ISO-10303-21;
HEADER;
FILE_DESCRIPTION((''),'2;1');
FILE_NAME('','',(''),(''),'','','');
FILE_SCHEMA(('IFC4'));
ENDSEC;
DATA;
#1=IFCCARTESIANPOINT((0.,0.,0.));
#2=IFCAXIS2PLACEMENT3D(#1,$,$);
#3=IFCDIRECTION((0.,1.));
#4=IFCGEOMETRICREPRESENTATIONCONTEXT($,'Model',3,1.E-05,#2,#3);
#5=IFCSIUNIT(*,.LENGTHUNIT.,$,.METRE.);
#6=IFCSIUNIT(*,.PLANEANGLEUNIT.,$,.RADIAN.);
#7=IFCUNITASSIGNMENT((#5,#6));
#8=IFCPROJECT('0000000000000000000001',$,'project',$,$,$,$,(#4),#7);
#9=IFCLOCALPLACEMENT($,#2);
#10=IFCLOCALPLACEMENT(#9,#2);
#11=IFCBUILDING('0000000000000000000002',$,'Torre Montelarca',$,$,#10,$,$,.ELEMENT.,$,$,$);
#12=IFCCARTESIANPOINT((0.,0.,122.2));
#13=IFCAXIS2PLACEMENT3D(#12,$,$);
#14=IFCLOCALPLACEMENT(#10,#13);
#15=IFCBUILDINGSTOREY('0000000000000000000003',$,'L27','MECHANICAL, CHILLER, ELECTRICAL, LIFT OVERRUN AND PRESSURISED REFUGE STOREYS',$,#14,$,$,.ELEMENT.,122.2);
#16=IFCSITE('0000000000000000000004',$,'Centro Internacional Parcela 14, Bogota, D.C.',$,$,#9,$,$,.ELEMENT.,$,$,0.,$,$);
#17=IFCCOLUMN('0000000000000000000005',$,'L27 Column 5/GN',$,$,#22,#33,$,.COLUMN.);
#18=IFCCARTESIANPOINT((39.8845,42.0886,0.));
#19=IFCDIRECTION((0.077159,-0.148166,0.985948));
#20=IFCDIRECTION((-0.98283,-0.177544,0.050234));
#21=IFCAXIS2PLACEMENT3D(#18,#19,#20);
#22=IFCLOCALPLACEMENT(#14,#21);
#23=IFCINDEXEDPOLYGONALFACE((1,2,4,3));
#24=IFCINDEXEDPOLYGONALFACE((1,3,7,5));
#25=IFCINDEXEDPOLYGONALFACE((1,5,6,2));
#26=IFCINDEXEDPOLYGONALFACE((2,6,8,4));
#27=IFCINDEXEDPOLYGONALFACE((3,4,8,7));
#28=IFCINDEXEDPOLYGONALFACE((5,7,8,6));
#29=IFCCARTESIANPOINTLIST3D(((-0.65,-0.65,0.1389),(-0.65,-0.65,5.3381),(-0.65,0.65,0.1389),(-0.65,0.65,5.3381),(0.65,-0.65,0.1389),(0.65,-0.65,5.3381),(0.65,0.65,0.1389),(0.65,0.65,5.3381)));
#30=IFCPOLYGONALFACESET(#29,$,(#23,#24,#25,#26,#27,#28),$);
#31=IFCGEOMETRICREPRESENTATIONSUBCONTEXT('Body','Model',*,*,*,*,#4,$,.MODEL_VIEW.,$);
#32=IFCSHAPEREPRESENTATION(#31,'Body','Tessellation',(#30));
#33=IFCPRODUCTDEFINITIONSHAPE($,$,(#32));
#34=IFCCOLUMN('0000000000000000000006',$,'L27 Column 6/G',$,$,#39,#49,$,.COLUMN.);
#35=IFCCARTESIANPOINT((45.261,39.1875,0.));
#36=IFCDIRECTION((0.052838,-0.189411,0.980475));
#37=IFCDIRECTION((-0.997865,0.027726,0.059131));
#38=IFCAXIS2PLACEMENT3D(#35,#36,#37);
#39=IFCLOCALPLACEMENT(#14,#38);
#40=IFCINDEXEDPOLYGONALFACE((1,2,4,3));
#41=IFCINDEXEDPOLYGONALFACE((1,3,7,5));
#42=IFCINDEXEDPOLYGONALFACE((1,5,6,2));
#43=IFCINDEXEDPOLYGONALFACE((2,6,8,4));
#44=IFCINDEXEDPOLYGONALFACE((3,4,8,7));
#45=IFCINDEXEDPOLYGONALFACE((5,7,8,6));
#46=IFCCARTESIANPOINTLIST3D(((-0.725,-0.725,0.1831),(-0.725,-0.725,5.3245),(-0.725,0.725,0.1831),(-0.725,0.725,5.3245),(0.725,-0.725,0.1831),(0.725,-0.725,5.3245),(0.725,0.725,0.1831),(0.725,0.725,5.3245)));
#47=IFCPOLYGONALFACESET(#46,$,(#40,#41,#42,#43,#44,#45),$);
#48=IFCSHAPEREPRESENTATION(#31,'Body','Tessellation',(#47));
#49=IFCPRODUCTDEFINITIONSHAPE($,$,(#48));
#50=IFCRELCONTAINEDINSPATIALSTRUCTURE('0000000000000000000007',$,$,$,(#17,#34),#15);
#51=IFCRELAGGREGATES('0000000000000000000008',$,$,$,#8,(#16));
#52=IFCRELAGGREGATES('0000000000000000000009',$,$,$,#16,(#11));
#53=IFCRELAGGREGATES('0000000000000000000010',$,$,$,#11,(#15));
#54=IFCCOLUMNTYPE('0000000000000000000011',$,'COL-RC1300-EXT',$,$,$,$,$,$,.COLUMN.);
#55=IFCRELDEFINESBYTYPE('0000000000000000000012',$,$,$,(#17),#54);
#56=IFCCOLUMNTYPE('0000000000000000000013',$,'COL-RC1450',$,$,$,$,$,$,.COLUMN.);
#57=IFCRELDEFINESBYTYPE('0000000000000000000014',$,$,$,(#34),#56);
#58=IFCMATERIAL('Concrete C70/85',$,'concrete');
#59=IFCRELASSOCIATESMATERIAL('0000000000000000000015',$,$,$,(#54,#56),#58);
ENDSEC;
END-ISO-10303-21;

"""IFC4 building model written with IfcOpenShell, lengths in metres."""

from ifc_helpers import new_model, si_unit, direction, frame, origin, origin_2d, place, context, subcontext, project, spatial, rectangle, extrude, clip, halfspace, material, material_profile, profile_set, type_object, element, save


model = new_model("IFC4")

# Units and contexts
model_context = context("Model", 3, precision=1e-05, world=origin(), true_north=direction((0.0, 1.0)))
body_context = subcontext(model_context, "Body", "Model", "MODEL_VIEW")
ifc_project = project(units=[si_unit("LENGTHUNIT", "METRE"), si_unit("PLANEANGLEUNIT", "RADIAN")], contexts=[model_context])

# Site, building, storey
site_placement = place(None, origin())
site = spatial("IfcSite", under=ifc_project, at=site_placement, Name="Centro Internacional Parcela 14, Bogota, D.C.", CompositionType="ELEMENT", RefElevation=0.0)
building_placement = place(site_placement, origin())
building = spatial("IfcBuilding", under=site, at=building_placement, Name="Torre Montelarca", CompositionType="ELEMENT")
storey_placement = place(building_placement, frame((0.0, 0.0, 122.2)))
storey = spatial("IfcBuildingStorey", under=building, at=storey_placement, Name="L27", Description="MECHANICAL, CHILLER, ELECTRICAL, LIFT OVERRUN AND PRESSURISED REFUGE STOREYS", CompositionType="ELEMENT", Elevation=122.2)

# Columns
ifc_material_1 = material(Name="Concrete C70/85", Category="concrete")
ifc_material_profile_1 = material_profile(ifc_material_1, rectangle(XDim=1.3, YDim=1.3, at=origin_2d()), Name="RC1300X1300", Category="concrete")
ifc_profile_set_1 = profile_set([ifc_material_profile_1], Name="Concrete C70/85")
column_type_1 = type_object("IfcColumnType", Name="COL-RC1300-EXT", PredefinedType="COLUMN", material=ifc_profile_set_1)
column_1_placement = place(storey_placement, frame((39.8845, 42.0886, 0.0), z_axis=(0.077159, -0.148166, 0.985948), x_axis=(-0.98283, -0.177544, 0.050234)))
element("IfcColumn", 1, at=column_1_placement, inside=storey, type_object=column_type_1, Name="L27 Column 5/GN", PredefinedType="COLUMN", context=body_context, shape_type="Clipping", body=[
    clip(clip(extrude(rectangle(XDim=1.3, YDim=1.3, at=origin_2d()), origin(), (0.0, 0.0, 1.0), 5.4771), halfspace(frame((0.0, 0.0, 0.1389), z_axis=(0.0, 0.0, -1.0), x_axis=(1.0, 0.0, 0.0)), False)), halfspace(frame((0.0, 0.0, 5.3381), z_axis=(0.0, 0.0, 1.0), x_axis=(1.0, 0.0, 0.0)), False)),
])
ifc_material_profile_2 = material_profile(ifc_material_1, rectangle(XDim=1.45, YDim=1.45, at=origin_2d()), Name="RC1450X1450", Category="concrete")
ifc_profile_set_2 = profile_set([ifc_material_profile_2], Name="Concrete C70/85")
column_type_2 = type_object("IfcColumnType", Name="COL-RC1450", PredefinedType="COLUMN", material=ifc_profile_set_2)
column_2_placement = place(storey_placement, frame((45.261, 39.1875, 0.0), z_axis=(0.052838, -0.189411, 0.980475), x_axis=(-0.997865, 0.027726, 0.059131)))
element("IfcColumn", 2, at=column_2_placement, inside=storey, type_object=column_type_2, Name="L27 Column 6/G", PredefinedType="COLUMN", context=body_context, shape_type="Clipping", body=[
    clip(clip(extrude(rectangle(XDim=1.45, YDim=1.45, at=origin_2d()), origin(), (0.0, 0.0, 1.0), 5.5076), halfspace(frame((0.0, 0.0, 0.1831), z_axis=(0.0, 0.0, -1.0), x_axis=(1.0, 0.0, 0.0)), False)), halfspace(frame((0.0, 0.0, 5.3245), z_axis=(0.0, 0.0, 1.0), x_axis=(1.0, 0.0, 0.0)), False)),
])

save(model, "model.ifc")
